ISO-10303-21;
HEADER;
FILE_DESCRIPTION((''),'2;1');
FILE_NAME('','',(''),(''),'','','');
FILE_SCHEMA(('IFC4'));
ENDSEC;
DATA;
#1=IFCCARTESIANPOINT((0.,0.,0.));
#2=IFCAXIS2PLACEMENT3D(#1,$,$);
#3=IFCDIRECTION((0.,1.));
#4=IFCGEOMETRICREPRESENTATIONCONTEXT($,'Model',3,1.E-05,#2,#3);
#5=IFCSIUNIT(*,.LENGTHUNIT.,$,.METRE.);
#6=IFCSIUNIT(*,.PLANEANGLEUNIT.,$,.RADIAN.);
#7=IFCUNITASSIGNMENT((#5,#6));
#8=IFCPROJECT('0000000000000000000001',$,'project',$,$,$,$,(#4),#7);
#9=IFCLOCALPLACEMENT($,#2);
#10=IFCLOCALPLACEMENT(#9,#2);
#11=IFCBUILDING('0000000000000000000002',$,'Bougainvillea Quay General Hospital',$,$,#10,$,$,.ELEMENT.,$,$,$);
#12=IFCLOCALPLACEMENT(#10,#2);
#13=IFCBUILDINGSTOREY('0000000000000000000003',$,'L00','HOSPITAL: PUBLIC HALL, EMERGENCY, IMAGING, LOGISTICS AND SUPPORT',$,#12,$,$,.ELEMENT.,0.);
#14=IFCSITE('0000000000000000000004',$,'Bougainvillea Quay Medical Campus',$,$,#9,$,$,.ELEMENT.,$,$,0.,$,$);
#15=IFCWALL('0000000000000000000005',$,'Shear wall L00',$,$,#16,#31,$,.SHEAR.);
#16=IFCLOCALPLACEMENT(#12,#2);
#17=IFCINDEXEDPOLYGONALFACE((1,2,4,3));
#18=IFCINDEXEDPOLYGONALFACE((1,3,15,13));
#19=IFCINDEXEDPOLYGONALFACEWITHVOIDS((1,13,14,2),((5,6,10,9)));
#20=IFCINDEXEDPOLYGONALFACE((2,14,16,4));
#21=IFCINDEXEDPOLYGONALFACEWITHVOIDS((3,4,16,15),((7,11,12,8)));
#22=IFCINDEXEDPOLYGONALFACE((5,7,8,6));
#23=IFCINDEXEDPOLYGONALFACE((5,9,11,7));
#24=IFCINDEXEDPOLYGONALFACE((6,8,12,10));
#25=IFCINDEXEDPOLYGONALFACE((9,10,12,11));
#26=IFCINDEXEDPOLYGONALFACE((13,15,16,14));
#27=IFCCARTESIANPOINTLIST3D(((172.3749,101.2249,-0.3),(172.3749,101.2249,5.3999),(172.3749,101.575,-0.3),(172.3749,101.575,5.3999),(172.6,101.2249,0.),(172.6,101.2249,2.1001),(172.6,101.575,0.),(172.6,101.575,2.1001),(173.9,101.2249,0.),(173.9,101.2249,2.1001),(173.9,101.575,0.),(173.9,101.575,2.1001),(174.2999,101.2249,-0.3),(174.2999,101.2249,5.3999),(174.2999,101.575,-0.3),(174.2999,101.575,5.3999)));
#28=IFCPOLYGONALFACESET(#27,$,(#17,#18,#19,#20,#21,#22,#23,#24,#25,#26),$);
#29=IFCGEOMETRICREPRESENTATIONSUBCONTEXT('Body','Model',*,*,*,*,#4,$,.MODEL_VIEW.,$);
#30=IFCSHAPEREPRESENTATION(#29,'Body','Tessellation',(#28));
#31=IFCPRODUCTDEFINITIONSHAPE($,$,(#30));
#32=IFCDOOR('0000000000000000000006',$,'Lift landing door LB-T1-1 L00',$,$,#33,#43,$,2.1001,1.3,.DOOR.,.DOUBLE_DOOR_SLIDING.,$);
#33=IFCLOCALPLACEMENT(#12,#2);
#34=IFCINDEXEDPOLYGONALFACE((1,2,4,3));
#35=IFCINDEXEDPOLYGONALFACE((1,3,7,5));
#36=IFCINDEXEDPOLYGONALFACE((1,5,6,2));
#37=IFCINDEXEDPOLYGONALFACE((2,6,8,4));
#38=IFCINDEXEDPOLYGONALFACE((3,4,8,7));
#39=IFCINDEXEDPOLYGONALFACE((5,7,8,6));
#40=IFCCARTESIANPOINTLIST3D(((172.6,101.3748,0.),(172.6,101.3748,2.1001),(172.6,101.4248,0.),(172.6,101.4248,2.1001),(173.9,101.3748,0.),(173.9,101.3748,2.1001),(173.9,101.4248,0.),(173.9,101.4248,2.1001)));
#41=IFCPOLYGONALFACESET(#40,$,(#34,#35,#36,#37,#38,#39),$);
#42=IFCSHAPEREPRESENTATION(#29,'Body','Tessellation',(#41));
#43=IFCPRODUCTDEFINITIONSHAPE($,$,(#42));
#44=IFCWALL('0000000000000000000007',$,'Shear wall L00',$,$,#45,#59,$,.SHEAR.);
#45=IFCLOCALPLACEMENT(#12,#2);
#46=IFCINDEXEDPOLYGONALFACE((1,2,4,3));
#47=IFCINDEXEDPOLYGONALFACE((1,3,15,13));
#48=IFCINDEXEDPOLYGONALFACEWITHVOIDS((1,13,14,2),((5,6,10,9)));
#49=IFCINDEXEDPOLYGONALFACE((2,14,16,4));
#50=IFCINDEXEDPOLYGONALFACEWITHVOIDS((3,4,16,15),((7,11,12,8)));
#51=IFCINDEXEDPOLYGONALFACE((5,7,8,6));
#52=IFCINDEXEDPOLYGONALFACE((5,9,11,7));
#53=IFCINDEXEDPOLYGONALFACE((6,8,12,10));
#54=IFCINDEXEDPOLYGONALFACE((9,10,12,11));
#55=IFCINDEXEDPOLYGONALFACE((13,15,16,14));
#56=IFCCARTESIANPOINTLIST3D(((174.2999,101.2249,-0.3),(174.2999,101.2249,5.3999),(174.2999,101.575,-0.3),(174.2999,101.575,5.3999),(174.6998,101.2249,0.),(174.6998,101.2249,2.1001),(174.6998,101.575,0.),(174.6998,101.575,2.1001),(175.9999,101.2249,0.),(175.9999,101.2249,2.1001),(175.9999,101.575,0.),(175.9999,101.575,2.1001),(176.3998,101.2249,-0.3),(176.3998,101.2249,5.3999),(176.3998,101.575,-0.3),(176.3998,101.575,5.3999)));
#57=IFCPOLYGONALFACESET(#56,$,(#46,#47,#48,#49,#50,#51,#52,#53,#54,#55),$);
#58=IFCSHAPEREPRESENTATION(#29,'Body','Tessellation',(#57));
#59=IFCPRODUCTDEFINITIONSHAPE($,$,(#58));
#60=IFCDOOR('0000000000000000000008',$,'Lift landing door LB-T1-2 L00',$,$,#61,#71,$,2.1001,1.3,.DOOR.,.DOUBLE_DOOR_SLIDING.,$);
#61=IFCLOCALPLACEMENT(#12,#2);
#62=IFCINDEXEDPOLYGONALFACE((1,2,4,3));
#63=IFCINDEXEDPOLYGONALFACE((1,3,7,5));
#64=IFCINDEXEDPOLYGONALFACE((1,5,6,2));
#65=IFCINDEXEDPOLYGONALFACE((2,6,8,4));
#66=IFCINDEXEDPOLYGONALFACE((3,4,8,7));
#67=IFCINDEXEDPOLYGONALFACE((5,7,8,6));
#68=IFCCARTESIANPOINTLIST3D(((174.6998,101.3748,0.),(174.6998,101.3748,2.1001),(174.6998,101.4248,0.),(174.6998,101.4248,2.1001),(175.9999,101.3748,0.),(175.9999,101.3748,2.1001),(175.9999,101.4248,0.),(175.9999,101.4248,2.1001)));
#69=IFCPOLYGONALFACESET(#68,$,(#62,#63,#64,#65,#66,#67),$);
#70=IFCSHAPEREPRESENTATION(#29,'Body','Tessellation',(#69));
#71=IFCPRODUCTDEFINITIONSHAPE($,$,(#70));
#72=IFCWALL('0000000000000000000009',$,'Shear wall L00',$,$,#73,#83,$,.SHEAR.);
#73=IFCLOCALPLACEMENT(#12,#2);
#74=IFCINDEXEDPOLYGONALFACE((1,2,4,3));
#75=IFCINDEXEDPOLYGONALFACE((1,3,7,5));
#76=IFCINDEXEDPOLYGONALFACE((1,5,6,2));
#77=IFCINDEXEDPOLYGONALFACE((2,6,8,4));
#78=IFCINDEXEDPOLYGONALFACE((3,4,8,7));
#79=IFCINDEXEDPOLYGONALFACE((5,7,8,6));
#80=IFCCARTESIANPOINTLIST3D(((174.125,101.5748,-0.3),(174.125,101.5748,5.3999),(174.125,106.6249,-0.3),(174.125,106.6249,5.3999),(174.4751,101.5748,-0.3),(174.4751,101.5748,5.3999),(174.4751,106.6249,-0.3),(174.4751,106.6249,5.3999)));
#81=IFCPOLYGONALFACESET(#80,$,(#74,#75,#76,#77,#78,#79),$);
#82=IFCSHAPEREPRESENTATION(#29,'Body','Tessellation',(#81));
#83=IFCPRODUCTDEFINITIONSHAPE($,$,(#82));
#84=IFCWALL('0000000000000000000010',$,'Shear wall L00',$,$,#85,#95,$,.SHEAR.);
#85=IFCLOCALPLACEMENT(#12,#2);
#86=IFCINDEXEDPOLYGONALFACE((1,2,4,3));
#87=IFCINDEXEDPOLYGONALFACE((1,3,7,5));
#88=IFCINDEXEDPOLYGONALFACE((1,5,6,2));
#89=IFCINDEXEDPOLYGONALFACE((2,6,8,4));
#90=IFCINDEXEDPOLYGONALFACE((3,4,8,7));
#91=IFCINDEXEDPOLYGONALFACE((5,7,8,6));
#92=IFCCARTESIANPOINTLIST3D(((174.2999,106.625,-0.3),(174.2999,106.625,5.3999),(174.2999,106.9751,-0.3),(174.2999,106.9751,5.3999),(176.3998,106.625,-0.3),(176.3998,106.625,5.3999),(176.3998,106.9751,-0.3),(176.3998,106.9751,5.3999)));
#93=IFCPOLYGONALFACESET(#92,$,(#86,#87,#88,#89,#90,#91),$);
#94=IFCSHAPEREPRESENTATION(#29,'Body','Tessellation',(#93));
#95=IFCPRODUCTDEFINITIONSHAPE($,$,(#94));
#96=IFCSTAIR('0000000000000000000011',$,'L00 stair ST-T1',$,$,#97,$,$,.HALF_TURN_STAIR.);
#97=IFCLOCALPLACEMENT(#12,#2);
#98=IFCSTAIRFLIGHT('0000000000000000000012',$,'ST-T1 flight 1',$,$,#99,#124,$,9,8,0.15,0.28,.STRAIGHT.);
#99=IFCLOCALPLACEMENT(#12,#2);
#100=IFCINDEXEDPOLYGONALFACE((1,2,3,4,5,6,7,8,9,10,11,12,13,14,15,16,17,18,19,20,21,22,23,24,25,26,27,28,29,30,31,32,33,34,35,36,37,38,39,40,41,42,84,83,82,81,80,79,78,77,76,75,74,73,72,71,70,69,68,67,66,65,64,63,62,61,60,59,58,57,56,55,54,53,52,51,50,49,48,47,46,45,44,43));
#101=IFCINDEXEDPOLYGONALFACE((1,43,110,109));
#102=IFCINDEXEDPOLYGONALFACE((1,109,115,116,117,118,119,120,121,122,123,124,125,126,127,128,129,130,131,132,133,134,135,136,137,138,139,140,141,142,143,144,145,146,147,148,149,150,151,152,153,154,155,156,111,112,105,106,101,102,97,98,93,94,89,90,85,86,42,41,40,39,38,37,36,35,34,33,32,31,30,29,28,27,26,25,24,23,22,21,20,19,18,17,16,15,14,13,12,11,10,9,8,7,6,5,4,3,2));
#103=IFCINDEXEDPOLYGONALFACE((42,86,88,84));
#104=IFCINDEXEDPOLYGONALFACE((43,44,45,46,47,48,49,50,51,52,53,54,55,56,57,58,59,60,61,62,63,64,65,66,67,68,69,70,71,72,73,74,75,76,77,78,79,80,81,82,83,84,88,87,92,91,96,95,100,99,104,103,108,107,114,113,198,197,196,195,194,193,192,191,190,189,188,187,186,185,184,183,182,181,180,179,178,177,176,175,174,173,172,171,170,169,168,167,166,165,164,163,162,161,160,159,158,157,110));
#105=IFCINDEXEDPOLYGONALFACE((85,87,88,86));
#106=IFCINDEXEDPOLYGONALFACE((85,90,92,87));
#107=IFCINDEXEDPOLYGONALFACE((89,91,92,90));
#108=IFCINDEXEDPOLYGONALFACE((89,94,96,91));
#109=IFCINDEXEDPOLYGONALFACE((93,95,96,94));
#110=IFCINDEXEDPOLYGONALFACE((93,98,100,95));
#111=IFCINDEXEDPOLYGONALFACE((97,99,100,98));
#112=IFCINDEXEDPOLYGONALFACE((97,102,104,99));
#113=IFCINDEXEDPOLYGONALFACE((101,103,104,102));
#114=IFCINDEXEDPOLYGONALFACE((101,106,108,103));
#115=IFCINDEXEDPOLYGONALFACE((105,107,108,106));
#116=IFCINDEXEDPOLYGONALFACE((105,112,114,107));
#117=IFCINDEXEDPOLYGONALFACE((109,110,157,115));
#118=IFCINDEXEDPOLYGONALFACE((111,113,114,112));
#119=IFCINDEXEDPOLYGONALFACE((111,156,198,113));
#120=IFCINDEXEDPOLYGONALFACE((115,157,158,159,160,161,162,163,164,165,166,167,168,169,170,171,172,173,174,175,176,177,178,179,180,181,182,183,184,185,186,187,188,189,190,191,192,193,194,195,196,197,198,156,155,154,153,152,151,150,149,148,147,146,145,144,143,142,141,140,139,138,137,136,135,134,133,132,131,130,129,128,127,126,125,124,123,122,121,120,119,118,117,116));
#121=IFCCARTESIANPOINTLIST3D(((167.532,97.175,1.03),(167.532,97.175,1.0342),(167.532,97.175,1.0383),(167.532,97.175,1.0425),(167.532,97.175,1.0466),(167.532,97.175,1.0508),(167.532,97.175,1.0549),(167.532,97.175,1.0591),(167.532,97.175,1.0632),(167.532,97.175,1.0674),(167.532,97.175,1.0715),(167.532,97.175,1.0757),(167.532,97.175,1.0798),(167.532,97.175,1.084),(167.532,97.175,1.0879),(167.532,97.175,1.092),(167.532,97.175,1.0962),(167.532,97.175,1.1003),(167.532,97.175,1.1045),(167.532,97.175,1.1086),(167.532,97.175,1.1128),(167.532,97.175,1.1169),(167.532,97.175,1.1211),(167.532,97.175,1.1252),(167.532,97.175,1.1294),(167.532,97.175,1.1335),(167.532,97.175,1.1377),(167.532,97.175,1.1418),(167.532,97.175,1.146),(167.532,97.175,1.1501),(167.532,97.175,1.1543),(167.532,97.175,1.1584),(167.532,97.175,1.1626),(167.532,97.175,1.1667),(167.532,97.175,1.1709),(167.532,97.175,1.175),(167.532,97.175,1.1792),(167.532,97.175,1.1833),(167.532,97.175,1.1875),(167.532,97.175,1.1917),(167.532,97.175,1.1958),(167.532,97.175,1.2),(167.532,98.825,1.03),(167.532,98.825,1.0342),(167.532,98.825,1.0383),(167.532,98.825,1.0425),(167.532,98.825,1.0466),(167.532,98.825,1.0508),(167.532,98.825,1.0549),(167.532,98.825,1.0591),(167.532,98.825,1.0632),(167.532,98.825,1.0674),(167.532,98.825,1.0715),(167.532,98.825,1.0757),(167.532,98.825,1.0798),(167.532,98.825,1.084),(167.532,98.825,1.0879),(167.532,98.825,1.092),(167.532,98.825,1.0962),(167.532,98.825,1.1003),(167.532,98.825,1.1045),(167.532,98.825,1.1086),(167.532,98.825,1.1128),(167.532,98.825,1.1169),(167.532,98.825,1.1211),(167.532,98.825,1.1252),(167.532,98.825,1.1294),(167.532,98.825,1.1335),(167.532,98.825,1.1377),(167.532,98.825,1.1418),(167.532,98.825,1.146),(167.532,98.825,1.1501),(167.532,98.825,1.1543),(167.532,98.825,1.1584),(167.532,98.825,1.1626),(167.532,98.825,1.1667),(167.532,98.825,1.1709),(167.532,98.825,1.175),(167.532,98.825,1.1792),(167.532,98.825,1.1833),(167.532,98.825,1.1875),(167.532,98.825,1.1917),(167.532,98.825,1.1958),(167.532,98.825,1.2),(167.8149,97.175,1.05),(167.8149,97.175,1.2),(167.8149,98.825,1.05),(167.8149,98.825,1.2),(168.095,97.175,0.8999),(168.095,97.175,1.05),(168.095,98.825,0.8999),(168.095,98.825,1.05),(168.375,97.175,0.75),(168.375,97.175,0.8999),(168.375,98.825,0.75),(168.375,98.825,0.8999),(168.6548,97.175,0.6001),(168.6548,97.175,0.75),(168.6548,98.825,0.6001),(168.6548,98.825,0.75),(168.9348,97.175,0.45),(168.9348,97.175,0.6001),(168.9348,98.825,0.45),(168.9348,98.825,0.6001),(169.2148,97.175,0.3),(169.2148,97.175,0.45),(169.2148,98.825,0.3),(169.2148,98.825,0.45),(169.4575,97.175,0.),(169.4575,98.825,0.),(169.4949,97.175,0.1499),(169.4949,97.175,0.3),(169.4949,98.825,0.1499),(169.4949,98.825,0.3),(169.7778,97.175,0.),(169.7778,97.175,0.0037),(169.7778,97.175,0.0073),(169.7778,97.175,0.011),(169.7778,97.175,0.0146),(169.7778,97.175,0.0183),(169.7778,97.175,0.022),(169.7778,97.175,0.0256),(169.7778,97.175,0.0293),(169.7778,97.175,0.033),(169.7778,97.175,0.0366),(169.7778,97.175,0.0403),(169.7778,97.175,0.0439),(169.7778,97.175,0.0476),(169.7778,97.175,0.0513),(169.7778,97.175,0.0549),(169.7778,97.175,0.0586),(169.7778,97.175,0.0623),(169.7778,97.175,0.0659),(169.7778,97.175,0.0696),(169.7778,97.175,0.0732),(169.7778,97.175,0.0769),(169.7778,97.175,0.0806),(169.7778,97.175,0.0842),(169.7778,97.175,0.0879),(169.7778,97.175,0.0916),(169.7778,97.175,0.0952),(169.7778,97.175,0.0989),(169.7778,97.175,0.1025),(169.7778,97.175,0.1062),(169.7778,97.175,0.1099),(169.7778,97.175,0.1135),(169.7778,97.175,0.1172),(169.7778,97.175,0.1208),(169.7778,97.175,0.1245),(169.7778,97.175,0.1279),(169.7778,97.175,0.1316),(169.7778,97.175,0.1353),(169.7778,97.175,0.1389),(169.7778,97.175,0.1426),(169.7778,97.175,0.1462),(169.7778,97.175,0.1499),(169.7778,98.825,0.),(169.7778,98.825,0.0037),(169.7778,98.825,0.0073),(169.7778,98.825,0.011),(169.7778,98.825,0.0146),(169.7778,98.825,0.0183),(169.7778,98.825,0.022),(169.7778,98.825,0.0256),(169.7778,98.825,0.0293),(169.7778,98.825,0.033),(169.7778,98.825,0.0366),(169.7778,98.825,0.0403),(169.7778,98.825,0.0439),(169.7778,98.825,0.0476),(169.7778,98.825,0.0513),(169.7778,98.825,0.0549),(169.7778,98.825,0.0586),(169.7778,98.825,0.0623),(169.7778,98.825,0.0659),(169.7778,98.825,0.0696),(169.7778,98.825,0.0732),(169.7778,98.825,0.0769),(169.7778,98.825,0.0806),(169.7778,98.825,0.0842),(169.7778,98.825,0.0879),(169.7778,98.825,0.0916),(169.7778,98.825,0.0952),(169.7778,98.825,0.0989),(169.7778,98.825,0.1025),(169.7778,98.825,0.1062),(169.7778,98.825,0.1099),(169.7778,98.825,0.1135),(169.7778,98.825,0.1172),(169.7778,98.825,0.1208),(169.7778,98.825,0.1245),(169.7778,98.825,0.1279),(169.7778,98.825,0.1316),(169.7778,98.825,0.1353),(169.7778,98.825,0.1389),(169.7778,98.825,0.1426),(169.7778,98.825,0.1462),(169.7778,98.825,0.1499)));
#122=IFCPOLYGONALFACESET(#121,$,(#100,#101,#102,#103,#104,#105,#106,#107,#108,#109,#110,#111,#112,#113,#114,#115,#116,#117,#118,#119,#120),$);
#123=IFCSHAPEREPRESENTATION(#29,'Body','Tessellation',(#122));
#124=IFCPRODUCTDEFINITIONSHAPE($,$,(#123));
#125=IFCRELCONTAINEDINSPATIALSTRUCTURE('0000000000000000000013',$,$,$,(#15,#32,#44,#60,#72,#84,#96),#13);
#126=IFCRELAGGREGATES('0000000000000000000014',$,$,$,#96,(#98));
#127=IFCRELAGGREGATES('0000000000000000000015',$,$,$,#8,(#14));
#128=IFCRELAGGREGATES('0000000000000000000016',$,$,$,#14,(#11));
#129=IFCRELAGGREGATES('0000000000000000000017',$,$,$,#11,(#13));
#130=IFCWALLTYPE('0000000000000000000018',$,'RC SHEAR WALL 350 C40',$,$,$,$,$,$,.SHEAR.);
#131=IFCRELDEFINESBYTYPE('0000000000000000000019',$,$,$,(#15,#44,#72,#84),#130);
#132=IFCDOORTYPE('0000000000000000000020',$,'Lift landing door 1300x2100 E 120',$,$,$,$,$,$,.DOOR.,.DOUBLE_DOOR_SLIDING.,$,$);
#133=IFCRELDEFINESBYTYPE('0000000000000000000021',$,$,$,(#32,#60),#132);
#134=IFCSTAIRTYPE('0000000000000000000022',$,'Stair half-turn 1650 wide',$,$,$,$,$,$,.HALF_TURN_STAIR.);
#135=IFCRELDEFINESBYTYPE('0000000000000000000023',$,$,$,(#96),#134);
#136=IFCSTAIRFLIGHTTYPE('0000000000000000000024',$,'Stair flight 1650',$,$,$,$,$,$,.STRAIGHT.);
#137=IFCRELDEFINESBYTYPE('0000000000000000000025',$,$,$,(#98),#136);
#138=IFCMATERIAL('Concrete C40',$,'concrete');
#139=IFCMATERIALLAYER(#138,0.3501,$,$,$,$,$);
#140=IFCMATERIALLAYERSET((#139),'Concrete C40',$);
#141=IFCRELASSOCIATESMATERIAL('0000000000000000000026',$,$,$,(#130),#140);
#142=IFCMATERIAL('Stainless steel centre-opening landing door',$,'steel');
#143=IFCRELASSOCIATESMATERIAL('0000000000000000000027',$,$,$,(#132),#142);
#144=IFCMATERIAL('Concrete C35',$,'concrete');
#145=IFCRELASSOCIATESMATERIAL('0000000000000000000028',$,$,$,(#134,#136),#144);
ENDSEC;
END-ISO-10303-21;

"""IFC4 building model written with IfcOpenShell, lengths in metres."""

from ifc_helpers import new_model, si_unit, direction, frame, frame_2d, origin, place, context, subcontext, project, spatial, polyline, rectangle, outline, extrude, material, layer, layer_set, type_object, element, fill, aggregate, save


model = new_model("IFC4")

# Units and contexts
model_context = context("Model", 3, precision=1e-05, world=origin(), true_north=direction((0.0, 1.0)))
body_context = subcontext(model_context, "Body", "Model", "MODEL_VIEW")
ifc_project = project(units=[si_unit("LENGTHUNIT", "METRE"), si_unit("PLANEANGLEUNIT", "RADIAN")], contexts=[model_context])

# Site, building, storey
site_placement = place(None, origin())
site = spatial("IfcSite", under=ifc_project, at=site_placement, Name="Bougainvillea Quay Medical Campus", CompositionType="ELEMENT", RefElevation=0.0)
building_placement = place(site_placement, origin())
building = spatial("IfcBuilding", under=site, at=building_placement, Name="Bougainvillea Quay General Hospital", CompositionType="ELEMENT")
storey_placement = place(building_placement, origin())
storey = spatial("IfcBuildingStorey", under=building, at=storey_placement, Name="L00", Description="HOSPITAL: PUBLIC HALL, EMERGENCY, IMAGING, LOGISTICS AND SUPPORT", CompositionType="ELEMENT", Elevation=0.0)

# Shared definitions
ifc_material_1 = material(Name="Concrete C40", Category="concrete")

# Shared definitions
ifc_layer_1 = layer(ifc_material_1, 0.3501)
ifc_layer_set_1 = layer_set([ifc_layer_1], Name="Concrete C40")
wall_type_1 = type_object("IfcWallType", Name="RC SHEAR WALL 350 C40", PredefinedType="SHEAR", material=ifc_layer_set_1)

# Walls, openings, doors
wall_1_placement = place(storey_placement, frame((172.375, 101.3999, -0.3), z_axis=(0.0, 0.0, 1.0), x_axis=(1.0, 0.0, 0.0)))
wall_1 = element("IfcWall", 1, at=wall_1_placement, inside=storey, type_object=wall_type_1, Name="Shear wall L00", PredefinedType="SHEAR", context=body_context, shape_type="SweptSolid", body=[
    extrude(rectangle(XDim=1.925, YDim=0.3501, at=frame_2d((0.9624, 0.0))), origin(), (0.0, 0.0, 1.0), 5.7),
])
opening_1_placement = place(wall_1_placement, frame((0.2251, 0.0, 0.3)))
opening_1 = element("IfcOpeningElement", 2, at=opening_1_placement, cuts=wall_1, PredefinedType="OPENING", context=body_context, shape_type="SweptSolid", body=[
    extrude(rectangle(XDim=1.3, YDim=2.1001, at=frame_2d((0.6499, 1.05))), frame((0.0, 0.1851, 0.0), z_axis=(0.0, -1.0, 0.0), x_axis=(1.0, 0.0, 0.0)), (0.0, 0.0, 1.0), 0.3701),
])
ifc_material_2 = material(Name="Stainless steel centre-opening landing door", Category="steel")
door_type = type_object("IfcDoorType", Name="Lift landing door 1300x2100 E 120", OperationType="DOUBLE_DOOR_SLIDING", PredefinedType="DOOR", material=ifc_material_2)
door_1_placement = place(opening_1_placement, origin())
door_1 = element("IfcDoor", 3, at=door_1_placement, inside=storey, type_object=door_type, Name="Lift landing door LB-T1-1 L00", OperationType="DOUBLE_DOOR_SLIDING", OverallHeight=2.1001, OverallWidth=1.3, PredefinedType="DOOR", context=body_context, shape_type="SweptSolid", body=[
    extrude(rectangle(XDim=1.3, YDim=2.1001, at=frame_2d((0.6499, 1.05))), frame((0.0, 0.0249, 0.0), z_axis=(0.0, -1.0, 0.0), x_axis=(1.0, 0.0, 0.0)), (0.0, 0.0, 1.0), 0.05),
])
fill(opening_1, door_1)
wall_2_placement = place(storey_placement, frame((174.3, 101.3999, -0.3), z_axis=(0.0, 0.0, 1.0), x_axis=(1.0, 0.0, 0.0)))
wall_2 = element("IfcWall", 4, at=wall_2_placement, inside=storey, type_object=wall_type_1, Name="Shear wall L00", PredefinedType="SHEAR", context=body_context, shape_type="SweptSolid", body=[
    extrude(rectangle(XDim=2.0999, YDim=0.3501, at=frame_2d((1.0498, 0.0))), origin(), (0.0, 0.0, 1.0), 5.7),
])
opening_2_placement = place(wall_2_placement, frame((0.3999, 0.0, 0.3)))
opening_2 = element("IfcOpeningElement", 5, at=opening_2_placement, cuts=wall_2, PredefinedType="OPENING", context=body_context, shape_type="SweptSolid", body=[
    extrude(rectangle(XDim=1.3, YDim=2.1001, at=frame_2d((0.6499, 1.05))), frame((0.0, 0.1851, 0.0), z_axis=(0.0, -1.0, 0.0), x_axis=(1.0, 0.0, 0.0)), (0.0, 0.0, 1.0), 0.3701),
])
door_2_placement = place(opening_2_placement, origin())
door_2 = element("IfcDoor", 6, at=door_2_placement, inside=storey, type_object=door_type, Name="Lift landing door LB-T1-2 L00", OperationType="DOUBLE_DOOR_SLIDING", OverallHeight=2.1001, OverallWidth=1.3, PredefinedType="DOOR", context=body_context, shape_type="SweptSolid", body=[
    extrude(rectangle(XDim=1.3, YDim=2.1001, at=frame_2d((0.6499, 1.05))), frame((0.0, 0.0249, 0.0), z_axis=(0.0, -1.0, 0.0), x_axis=(1.0, 0.0, 0.0)), (0.0, 0.0, 1.0), 0.05),
])
fill(opening_2, door_2)

# Walls
wall_3_placement = place(storey_placement, frame((174.3, 101.575, -0.3), z_axis=(0.0, 0.0, 1.0), x_axis=(0.0, 1.0, 0.0)))
element("IfcWall", 7, at=wall_3_placement, inside=storey, type_object=wall_type_1, Name="Shear wall L00", PredefinedType="SHEAR", context=body_context, shape_type="SweptSolid", body=[
    extrude(rectangle(XDim=5.05, YDim=0.3501, at=frame_2d((2.5249, 0.0))), origin(), (0.0, 0.0, 1.0), 5.7),
])
wall_4_placement = place(storey_placement, frame((174.3, 106.8, -0.3), z_axis=(0.0, 0.0, 1.0), x_axis=(1.0, 0.0, 0.0)))
element("IfcWall", 8, at=wall_4_placement, inside=storey, type_object=wall_type_1, Name="Shear wall L00", PredefinedType="SHEAR", context=body_context, shape_type="SweptSolid", body=[
    extrude(rectangle(XDim=2.0999, YDim=0.3501, at=frame_2d((1.0498, 0.0))), origin(), (0.0, 0.0, 1.0), 5.7),
])

# Stair, stair flight
ifc_material_3 = material(Name="Concrete C35", Category="concrete")
stair_type = type_object("IfcStairType", Name="Stair half-turn 1650 wide", PredefinedType="HALF_TURN_STAIR", material=ifc_material_3)
stair_placement = place(storey_placement, origin())
stair = element("IfcStair", 9, at=stair_placement, inside=storey, type_object=stair_type, Name="L00 stair ST-T1", PredefinedType="HALF_TURN_STAIR")
stair_flight_type = type_object("IfcStairFlightType", Name="Stair flight 1650", PredefinedType="STRAIGHT", material=ifc_material_3)
stair_flight_1_placement = place(storey_placement, frame((169.7749, 98.0, 0.0), z_axis=(0.0, 0.0, 1.0), x_axis=(-1.0, 0.0, 0.0)))
stair_flight_1 = element("IfcStairFlight", 10, at=stair_flight_1_placement, type_object=stair_flight_type, Name="ST-T1 flight 1", NumberOfRisers=9, NumberOfTreads=8, PredefinedType="STRAIGHT", RiserHeight=0.15, TreadLength=0.28, context=body_context, shape_type="SweptSolid", body=[
    extrude(outline(polyline([(-0.0029, 0.0), (-0.0029, 0.0037), (-0.0029, 0.0073), (-0.0029, 0.011), (-0.0029, 0.0146), (-0.0029, 0.0183), (-0.0029, 0.022), (-0.0029, 0.0256), (-0.0029, 0.0293), (-0.0029, 0.033), (-0.0029, 0.0366), (-0.0029, 0.0403), (-0.0029, 0.0439), (-0.0029, 0.0476), (-0.0029, 0.0513), (-0.0029, 0.0549), (-0.0029, 0.0586), (-0.0029, 0.0623), (-0.0029, 0.0659), (-0.0029, 0.0696), (-0.0029, 0.0732), (-0.0029, 0.0769), (-0.0029, 0.0806), (-0.0029, 0.0842), (-0.0029, 0.0879), (-0.0029, 0.0916), (-0.0029, 0.0952), (-0.0029, 0.0989), (-0.0029, 0.1025), (-0.0029, 0.1062), (-0.0029, 0.1099), (-0.0029, 0.1135), (-0.0029, 0.1172), (-0.0029, 0.1208), (-0.0029, 0.1245), (-0.0029, 0.1279), (-0.0029, 0.1316), (-0.0029, 0.1353), (-0.0029, 0.1389), (-0.0029, 0.1426), (-0.0029, 0.1462), (-0.0029, 0.1499), (0.28, 0.1499), (0.28, 0.3), (0.5601, 0.3), (0.5601, 0.45), (0.8401, 0.45), (0.8401, 0.6001), (1.1201, 0.6001), (1.1201, 0.75), (1.3999, 0.75), (1.3999, 0.8999), (1.6799, 0.8999), (1.6799, 1.05), (1.96, 1.05), (1.96, 1.2), (2.2429, 1.2), (2.2429, 1.1958), (2.2429, 1.1917), (2.2429, 1.1875), (2.2429, 1.1833), (2.2429, 1.1792), (2.2429, 1.175), (2.2429, 1.1709), (2.2429, 1.1667), (2.2429, 1.1626), (2.2429, 1.1584), (2.2429, 1.1543), (2.2429, 1.1501), (2.2429, 1.146), (2.2429, 1.1418), (2.2429, 1.1377), (2.2429, 1.1335), (2.2429, 1.1294), (2.2429, 1.1252), (2.2429, 1.1211), (2.2429, 1.1169), (2.2429, 1.1128), (2.2429, 1.1086), (2.2429, 1.1045), (2.2429, 1.1003), (2.2429, 1.0962), (2.2429, 1.092), (2.2429, 1.0879), (2.2429, 1.084), (2.2429, 1.0798), (2.2429, 1.0757), (2.2429, 1.0715), (2.2429, 1.0674), (2.2429, 1.0632), (2.2429, 1.0591), (2.2429, 1.0549), (2.2429, 1.0508), (2.2429, 1.0466), (2.2429, 1.0425), (2.2429, 1.0383), (2.2429, 1.0342), (2.2429, 1.03), (0.3174, 0.0), (-0.0029, 0.0)])), frame((0.0, 0.825, 0.0), z_axis=(0.0, -1.0, 0.0), x_axis=(1.0, 0.0, 0.0)), (0.0, 0.0, 1.0), 1.6499),
])
aggregate(stair, [stair_flight_1])

save(model, "model.ifc")
